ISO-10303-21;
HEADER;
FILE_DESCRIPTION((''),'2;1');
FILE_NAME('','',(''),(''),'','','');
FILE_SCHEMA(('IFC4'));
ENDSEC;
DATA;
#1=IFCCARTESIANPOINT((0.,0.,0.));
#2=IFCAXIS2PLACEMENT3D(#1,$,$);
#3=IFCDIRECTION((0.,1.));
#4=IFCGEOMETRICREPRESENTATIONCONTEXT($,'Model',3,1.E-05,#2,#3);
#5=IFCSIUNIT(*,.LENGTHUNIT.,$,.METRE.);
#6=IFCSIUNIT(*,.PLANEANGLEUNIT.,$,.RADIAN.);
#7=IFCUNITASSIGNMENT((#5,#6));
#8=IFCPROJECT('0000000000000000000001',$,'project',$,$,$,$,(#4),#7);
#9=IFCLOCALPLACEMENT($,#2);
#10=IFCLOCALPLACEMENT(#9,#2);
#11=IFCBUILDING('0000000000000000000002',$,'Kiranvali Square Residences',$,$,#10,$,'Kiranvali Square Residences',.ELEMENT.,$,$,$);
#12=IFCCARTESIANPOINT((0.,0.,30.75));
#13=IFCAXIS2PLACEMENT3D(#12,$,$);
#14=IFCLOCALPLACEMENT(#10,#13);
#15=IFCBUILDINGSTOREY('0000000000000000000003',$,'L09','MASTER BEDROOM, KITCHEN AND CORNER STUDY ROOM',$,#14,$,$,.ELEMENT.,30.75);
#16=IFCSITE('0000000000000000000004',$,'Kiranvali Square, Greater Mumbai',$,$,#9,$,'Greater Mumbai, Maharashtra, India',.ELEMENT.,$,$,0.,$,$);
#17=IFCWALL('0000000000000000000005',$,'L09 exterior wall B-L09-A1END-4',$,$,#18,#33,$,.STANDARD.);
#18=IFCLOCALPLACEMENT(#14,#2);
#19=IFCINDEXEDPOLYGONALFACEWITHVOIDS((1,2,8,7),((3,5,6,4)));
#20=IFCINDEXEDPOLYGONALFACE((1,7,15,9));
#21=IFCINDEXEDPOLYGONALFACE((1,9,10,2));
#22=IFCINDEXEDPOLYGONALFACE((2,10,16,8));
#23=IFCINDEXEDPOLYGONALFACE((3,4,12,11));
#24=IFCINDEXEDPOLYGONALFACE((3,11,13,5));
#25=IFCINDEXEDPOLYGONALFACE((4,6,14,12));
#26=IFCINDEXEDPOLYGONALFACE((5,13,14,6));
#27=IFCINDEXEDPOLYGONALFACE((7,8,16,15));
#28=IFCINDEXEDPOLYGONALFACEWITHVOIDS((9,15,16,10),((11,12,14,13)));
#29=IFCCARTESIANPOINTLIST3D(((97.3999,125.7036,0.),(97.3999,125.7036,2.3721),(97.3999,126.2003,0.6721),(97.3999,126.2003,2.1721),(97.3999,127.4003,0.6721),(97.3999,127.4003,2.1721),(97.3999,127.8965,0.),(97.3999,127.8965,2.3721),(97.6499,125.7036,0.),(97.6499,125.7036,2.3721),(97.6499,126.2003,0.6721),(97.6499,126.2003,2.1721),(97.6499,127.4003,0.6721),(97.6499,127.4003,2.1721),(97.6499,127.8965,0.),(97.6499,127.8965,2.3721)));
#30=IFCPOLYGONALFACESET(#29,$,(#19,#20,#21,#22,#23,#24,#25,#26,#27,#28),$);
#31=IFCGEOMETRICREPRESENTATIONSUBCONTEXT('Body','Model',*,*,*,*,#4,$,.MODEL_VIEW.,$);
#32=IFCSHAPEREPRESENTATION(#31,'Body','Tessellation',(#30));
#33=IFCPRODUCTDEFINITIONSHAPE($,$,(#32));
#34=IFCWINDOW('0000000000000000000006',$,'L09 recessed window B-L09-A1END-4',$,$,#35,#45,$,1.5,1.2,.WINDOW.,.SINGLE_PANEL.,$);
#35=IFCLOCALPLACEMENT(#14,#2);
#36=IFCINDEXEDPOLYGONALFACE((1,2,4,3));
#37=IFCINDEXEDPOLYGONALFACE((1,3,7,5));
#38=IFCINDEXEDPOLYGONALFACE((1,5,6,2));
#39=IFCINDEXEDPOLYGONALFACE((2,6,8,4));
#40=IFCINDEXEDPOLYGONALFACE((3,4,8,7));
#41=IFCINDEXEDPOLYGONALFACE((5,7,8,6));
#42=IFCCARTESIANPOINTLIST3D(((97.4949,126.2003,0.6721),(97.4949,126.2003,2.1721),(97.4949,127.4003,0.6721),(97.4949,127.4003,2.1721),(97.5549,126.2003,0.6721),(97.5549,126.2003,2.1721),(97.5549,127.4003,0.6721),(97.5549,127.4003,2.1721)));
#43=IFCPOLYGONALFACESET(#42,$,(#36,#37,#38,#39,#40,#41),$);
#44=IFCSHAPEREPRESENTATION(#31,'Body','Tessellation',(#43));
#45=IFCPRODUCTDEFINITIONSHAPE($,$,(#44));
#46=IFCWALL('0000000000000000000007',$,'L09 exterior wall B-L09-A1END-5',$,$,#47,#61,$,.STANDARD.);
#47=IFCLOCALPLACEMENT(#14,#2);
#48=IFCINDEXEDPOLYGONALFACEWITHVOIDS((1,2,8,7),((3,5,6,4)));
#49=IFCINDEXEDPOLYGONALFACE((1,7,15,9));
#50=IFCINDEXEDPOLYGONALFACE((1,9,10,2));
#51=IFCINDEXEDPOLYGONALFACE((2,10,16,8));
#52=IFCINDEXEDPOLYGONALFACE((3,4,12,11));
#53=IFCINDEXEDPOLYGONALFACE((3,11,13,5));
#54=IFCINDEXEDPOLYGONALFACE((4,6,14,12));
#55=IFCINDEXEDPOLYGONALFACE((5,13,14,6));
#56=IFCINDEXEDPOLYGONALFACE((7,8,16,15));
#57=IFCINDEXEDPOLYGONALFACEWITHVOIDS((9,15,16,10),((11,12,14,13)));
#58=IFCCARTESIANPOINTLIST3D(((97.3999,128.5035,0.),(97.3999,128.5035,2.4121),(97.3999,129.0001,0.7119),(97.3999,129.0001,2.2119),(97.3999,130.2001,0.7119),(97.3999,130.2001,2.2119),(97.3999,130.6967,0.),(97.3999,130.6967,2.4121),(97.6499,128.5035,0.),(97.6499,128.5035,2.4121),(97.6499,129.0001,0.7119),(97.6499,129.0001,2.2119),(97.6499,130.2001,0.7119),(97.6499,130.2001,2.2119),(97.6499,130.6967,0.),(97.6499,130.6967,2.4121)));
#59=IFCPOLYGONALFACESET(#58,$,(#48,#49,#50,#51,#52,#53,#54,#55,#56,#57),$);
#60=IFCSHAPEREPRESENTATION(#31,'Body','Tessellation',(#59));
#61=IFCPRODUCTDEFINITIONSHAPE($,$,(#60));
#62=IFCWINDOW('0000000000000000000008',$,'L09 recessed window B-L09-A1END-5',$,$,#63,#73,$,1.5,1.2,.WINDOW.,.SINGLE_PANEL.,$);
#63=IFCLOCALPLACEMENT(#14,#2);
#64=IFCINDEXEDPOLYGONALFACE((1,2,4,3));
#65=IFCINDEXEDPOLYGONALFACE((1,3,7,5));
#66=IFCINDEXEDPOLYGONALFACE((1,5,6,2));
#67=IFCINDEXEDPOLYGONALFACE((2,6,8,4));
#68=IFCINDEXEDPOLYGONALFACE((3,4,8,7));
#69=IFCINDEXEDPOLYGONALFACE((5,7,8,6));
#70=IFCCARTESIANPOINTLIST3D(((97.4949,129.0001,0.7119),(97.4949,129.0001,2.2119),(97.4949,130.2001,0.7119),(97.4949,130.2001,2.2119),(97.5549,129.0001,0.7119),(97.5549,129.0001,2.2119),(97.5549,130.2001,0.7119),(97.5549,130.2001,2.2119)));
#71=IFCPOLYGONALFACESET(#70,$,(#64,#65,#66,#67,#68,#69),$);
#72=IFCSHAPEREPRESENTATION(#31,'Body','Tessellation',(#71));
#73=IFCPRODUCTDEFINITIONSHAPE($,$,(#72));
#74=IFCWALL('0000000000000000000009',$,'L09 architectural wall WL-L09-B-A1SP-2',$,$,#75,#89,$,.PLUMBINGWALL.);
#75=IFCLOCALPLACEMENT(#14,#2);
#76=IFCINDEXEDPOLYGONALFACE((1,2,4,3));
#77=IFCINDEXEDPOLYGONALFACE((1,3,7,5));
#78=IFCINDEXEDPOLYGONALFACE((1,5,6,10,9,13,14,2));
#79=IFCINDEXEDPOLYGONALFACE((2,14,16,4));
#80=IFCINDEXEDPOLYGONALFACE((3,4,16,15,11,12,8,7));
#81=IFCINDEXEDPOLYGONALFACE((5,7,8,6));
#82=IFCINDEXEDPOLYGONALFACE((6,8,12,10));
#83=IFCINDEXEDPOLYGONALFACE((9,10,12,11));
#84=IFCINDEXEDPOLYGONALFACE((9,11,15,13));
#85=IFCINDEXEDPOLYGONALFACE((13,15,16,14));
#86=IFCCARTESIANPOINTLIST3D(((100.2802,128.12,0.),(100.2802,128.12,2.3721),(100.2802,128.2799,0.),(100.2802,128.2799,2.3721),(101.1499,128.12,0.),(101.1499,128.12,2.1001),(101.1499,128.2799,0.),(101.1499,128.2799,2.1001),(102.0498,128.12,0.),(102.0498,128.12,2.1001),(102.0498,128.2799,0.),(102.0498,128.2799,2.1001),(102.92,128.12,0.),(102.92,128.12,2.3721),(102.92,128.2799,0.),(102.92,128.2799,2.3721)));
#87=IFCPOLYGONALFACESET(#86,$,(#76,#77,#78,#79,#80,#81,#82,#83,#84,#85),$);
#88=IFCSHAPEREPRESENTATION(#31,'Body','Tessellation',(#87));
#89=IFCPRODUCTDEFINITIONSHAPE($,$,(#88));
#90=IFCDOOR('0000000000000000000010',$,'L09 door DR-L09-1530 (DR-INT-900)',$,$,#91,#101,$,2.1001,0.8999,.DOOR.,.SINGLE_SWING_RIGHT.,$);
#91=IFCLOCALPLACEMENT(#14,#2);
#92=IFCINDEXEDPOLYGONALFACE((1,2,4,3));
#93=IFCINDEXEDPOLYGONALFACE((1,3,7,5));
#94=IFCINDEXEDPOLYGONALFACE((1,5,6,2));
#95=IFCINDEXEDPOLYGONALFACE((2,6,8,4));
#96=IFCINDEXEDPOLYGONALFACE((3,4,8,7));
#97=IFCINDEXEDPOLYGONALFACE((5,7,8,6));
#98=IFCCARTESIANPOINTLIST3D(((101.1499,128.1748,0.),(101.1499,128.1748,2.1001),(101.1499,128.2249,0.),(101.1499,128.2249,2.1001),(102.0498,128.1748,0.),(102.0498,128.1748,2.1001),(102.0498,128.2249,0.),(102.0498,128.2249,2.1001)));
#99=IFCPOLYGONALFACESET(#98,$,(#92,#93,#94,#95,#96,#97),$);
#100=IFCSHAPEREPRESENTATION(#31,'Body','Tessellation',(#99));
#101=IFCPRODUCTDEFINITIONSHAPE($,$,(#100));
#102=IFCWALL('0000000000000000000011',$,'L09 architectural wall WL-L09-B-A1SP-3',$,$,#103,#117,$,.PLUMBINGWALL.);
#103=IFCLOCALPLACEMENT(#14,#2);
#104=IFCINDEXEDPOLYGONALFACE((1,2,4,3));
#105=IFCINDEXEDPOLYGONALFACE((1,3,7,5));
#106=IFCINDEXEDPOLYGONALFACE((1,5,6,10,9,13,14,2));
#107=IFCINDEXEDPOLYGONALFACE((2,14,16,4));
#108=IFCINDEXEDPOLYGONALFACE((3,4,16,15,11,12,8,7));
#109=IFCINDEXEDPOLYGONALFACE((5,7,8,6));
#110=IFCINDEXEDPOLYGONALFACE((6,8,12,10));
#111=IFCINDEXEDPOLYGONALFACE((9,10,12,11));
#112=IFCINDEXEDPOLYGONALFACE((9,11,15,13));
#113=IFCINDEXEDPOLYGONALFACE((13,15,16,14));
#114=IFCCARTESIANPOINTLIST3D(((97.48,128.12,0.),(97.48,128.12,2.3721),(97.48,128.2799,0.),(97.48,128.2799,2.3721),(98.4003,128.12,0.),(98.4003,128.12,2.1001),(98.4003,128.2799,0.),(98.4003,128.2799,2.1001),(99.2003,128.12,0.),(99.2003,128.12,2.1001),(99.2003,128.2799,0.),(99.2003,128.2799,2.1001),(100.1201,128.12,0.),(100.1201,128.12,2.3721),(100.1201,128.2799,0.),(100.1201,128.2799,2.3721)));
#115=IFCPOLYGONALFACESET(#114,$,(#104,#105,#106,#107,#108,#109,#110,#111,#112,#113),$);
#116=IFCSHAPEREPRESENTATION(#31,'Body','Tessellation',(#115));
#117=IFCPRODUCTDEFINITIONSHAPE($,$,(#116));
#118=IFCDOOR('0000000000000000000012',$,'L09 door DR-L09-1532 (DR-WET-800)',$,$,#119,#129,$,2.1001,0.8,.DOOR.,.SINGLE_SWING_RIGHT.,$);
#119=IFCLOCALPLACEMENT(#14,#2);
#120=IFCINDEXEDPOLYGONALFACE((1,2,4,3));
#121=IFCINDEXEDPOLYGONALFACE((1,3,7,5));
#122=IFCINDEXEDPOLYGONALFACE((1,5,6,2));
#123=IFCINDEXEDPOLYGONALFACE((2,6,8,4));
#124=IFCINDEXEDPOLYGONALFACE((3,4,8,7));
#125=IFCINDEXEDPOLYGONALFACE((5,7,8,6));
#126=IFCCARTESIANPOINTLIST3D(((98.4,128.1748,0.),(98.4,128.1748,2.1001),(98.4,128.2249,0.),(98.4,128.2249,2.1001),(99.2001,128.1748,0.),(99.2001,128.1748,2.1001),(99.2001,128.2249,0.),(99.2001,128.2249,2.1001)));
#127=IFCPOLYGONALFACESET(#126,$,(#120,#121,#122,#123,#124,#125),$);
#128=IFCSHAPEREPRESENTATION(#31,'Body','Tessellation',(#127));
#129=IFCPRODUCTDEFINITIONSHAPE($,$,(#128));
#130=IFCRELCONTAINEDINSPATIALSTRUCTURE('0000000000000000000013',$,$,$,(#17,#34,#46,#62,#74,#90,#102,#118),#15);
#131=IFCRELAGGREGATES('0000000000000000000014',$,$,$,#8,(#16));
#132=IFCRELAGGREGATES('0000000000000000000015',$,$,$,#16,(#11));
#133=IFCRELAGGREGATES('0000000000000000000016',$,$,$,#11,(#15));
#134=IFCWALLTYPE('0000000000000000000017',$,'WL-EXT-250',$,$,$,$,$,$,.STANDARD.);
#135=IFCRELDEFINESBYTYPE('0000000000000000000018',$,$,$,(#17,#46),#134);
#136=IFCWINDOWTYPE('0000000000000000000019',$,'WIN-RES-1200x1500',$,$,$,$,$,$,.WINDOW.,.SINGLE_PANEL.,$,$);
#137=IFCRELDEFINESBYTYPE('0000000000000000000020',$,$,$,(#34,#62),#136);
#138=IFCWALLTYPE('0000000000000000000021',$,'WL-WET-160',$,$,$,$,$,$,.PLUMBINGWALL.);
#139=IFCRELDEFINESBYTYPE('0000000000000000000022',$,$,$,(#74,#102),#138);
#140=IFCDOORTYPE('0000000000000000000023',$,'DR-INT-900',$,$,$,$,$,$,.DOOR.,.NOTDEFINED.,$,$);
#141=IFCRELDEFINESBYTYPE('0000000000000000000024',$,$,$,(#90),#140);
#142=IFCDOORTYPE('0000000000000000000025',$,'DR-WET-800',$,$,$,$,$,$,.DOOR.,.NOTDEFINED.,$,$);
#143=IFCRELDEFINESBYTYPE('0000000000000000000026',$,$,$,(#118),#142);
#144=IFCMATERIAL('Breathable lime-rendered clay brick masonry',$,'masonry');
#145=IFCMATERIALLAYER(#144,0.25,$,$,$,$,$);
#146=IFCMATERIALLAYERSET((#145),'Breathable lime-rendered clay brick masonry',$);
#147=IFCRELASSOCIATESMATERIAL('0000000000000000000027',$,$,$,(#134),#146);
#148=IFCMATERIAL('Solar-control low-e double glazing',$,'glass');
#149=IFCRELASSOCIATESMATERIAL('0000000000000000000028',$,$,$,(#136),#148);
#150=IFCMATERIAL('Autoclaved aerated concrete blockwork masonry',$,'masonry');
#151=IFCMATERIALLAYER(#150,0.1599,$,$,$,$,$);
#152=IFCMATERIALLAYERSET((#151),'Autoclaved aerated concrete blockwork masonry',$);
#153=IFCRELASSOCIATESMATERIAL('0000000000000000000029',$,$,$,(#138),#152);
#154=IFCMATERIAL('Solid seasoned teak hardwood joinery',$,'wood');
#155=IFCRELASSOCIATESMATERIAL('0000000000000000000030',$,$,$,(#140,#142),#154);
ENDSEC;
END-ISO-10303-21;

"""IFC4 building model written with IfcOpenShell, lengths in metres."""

from ifc_helpers import new_model, si_unit, direction, frame, frame_2d, origin, place, context, subcontext, project, spatial, rectangle, extrude, material, layer, layer_set, type_object, element, fill, save


model = new_model("IFC4")

# Units and contexts
model_context = context("Model", 3, precision=1e-05, world=origin(), true_north=direction((0.0, 1.0)))
body_context = subcontext(model_context, "Body", "Model", "MODEL_VIEW")
ifc_project = project(units=[si_unit("LENGTHUNIT", "METRE"), si_unit("PLANEANGLEUNIT", "RADIAN")], contexts=[model_context])

# Site, building, storey
site_placement = place(None, origin())
site = spatial("IfcSite", under=ifc_project, at=site_placement, Name="Kiranvali Square, Greater Mumbai", LongName="Greater Mumbai, Maharashtra, India", CompositionType="ELEMENT", RefElevation=0.0)
building_placement = place(site_placement, origin())
building = spatial("IfcBuilding", under=site, at=building_placement, Name="Kiranvali Square Residences", LongName="Kiranvali Square Residences", CompositionType="ELEMENT")
storey_placement = place(building_placement, frame((0.0, 0.0, 30.75)))
storey = spatial("IfcBuildingStorey", under=building, at=storey_placement, Name="L09", Description="MASTER BEDROOM, KITCHEN AND CORNER STUDY ROOM", CompositionType="ELEMENT", Elevation=30.75)

# Walls, openings, windows
ifc_material_1 = material(Name="Breathable lime-rendered clay brick masonry", Category="masonry")
ifc_layer_1 = layer(ifc_material_1, 0.25)
ifc_layer_set_1 = layer_set([ifc_layer_1], Name="Breathable lime-rendered clay brick masonry")
wall_type_1 = type_object("IfcWallType", Name="WL-EXT-250", PredefinedType="STANDARD", material=ifc_layer_set_1)
ifc_material_2 = material(Name="Solar-control low-e double glazing", Category="glass")
wall_1_placement = place(storey_placement, frame((97.5249, 125.7036, 0.0), z_axis=(0.0, 0.0, 1.0), x_axis=(0.0, 1.0, 0.0)))
wall_1 = element("IfcWall", 1, at=wall_1_placement, inside=storey, type_object=wall_type_1, Name="L09 exterior wall B-L09-A1END-4", PredefinedType="STANDARD", context=body_context, shape_type="SweptSolid", body=[
    extrude(rectangle(XDim=2.1929, YDim=0.25, at=frame_2d((1.0964, 0.0))), origin(), (0.0, 0.0, 1.0), 2.3721),
])
opening_1_placement = place(wall_1_placement, frame((0.4966, 0.0, 0.6721)))
opening_1 = element("IfcOpeningElement", 2, at=opening_1_placement, cuts=wall_1, PredefinedType="OPENING", context=body_context, shape_type="SweptSolid", body=[
    extrude(rectangle(XDim=1.2, YDim=1.5, at=frame_2d((0.6001, 0.75))), frame((0.0, 0.135, 0.0), z_axis=(0.0, -1.0, 0.0), x_axis=(1.0, 0.0, 0.0)), (0.0, 0.0, 1.0), 0.27),
])
window_type_1 = type_object("IfcWindowType", Name="WIN-RES-1200x1500", PartitioningType="SINGLE_PANEL", PredefinedType="WINDOW", material=ifc_material_2)
window_1_placement = place(opening_1_placement, origin())
window_1 = element("IfcWindow", 3, at=window_1_placement, inside=storey, type_object=window_type_1, Name="L09 recessed window B-L09-A1END-4", OverallHeight=1.5, OverallWidth=1.2, PartitioningType="SINGLE_PANEL", PredefinedType="WINDOW", context=body_context, shape_type="SweptSolid", body=[
    extrude(rectangle(XDim=1.2, YDim=1.5, at=frame_2d((0.6001, 0.75))), frame((0.0, 0.03, 0.0), z_axis=(0.0, -1.0, 0.0), x_axis=(1.0, 0.0, 0.0)), (0.0, 0.0, 1.0), 0.0601),
])
fill(opening_1, window_1)
wall_2_placement = place(storey_placement, frame((97.5249, 128.5034, 0.0), z_axis=(0.0, 0.0, 1.0), x_axis=(0.0, 1.0, 0.0)))
wall_2 = element("IfcWall", 4, at=wall_2_placement, inside=storey, type_object=wall_type_1, Name="L09 exterior wall B-L09-A1END-5", PredefinedType="STANDARD", context=body_context, shape_type="SweptSolid", body=[
    extrude(rectangle(XDim=2.1931, YDim=0.25, at=frame_2d((1.0967, 0.0))), origin(), (0.0, 0.0, 1.0), 2.4121),
])
opening_2_placement = place(wall_2_placement, frame((0.4966, 0.0, 0.7119)))
opening_2 = element("IfcOpeningElement", 5, at=opening_2_placement, cuts=wall_2, PredefinedType="OPENING", context=body_context, shape_type="SweptSolid", body=[
    extrude(rectangle(XDim=1.2, YDim=1.5, at=frame_2d((0.6001, 0.75))), frame((0.0, 0.135, 0.0), z_axis=(0.0, -1.0, 0.0), x_axis=(1.0, 0.0, 0.0)), (0.0, 0.0, 1.0), 0.27),
])
window_2_placement = place(opening_2_placement, origin())
window_2 = element("IfcWindow", 6, at=window_2_placement, inside=storey, type_object=window_type_1, Name="L09 recessed window B-L09-A1END-5", OverallHeight=1.5, OverallWidth=1.2, PartitioningType="SINGLE_PANEL", PredefinedType="WINDOW", context=body_context, shape_type="SweptSolid", body=[
    extrude(rectangle(XDim=1.2, YDim=1.5, at=frame_2d((0.6001, 0.75))), frame((0.0, 0.03, 0.0), z_axis=(0.0, -1.0, 0.0), x_axis=(1.0, 0.0, 0.0)), (0.0, 0.0, 1.0), 0.0601),
])
fill(opening_2, window_2)

# Walls, openings, doors
ifc_material_3 = material(Name="Autoclaved aerated concrete blockwork masonry", Category="masonry")
ifc_layer_2 = layer(ifc_material_3, 0.1599)
ifc_layer_set_2 = layer_set([ifc_layer_2], Name="Autoclaved aerated concrete blockwork masonry")
wall_type_2 = type_object("IfcWallType", Name="WL-WET-160", PredefinedType="PLUMBINGWALL", material=ifc_layer_set_2)
wall_3_placement = place(storey_placement, frame((102.9199, 128.2, 0.0), z_axis=(0.0, 0.0, 1.0), x_axis=(-1.0, 0.0, 0.0)))
wall_3 = element("IfcWall", 7, at=wall_3_placement, inside=storey, type_object=wall_type_2, Name="L09 architectural wall WL-L09-B-A1SP-2", PredefinedType="PLUMBINGWALL", context=body_context, shape_type="SweptSolid", body=[
    extrude(rectangle(XDim=2.6399, YDim=0.1599, at=frame_2d((1.3198, 0.0))), origin(), (0.0, 0.0, 1.0), 2.3721),
])
opening_3_placement = place(wall_3_placement, frame((0.8701, 0.0, 0.0)))
opening_3 = element("IfcOpeningElement", 8, at=opening_3_placement, cuts=wall_3, PredefinedType="OPENING", context=body_context, shape_type="SweptSolid", body=[
    extrude(rectangle(XDim=0.8999, YDim=2.1001, at=frame_2d((0.45, 1.05))), frame((0.0, 0.0898, 0.0), z_axis=(0.0, -1.0, 0.0), x_axis=(1.0, 0.0, 0.0)), (0.0, 0.0, 1.0), 0.1799),
])
ifc_material_4 = material(Name="Solid seasoned teak hardwood joinery", Category="wood")
door_type_1 = type_object("IfcDoorType", Name="DR-INT-900", OperationType="NOTDEFINED", PredefinedType="DOOR", material=ifc_material_4)
door_1_placement = place(opening_3_placement, frame((0.8999, 0.0, 0.0), z_axis=(0.0, 0.0, 1.0), x_axis=(-1.0, 0.0, 0.0)))
door_1 = element("IfcDoor", 9, at=door_1_placement, inside=storey, type_object=door_type_1, Name="L09 door DR-L09-1530 (DR-INT-900)", OperationType="SINGLE_SWING_RIGHT", OverallHeight=2.1001, OverallWidth=0.8999, PredefinedType="DOOR", context=body_context, shape_type="SweptSolid", body=[
    extrude(rectangle(XDim=0.8999, YDim=2.1001, at=frame_2d((0.45, 1.05))), frame((0.0, 0.0249, 0.0), z_axis=(0.0, -1.0, 0.0), x_axis=(1.0, 0.0, 0.0)), (0.0, 0.0, 1.0), 0.05),
])
fill(opening_3, door_1)
wall_4_placement = place(storey_placement, frame((100.1201, 128.2, 0.0), z_axis=(0.0, 0.0, 1.0), x_axis=(-1.0, 0.0, 0.0)))
wall_4 = element("IfcWall", 10, at=wall_4_placement, inside=storey, type_object=wall_type_2, Name="L09 architectural wall WL-L09-B-A1SP-3", PredefinedType="PLUMBINGWALL", context=body_context, shape_type="SweptSolid", body=[
    extrude(rectangle(XDim=2.6401, YDim=0.1599, at=frame_2d((1.3201, 0.0))), origin(), (0.0, 0.0, 1.0), 2.3721),
])
opening_4_placement = place(wall_4_placement, frame((0.9199, 0.0, 0.0)))
opening_4 = element("IfcOpeningElement", 11, at=opening_4_placement, cuts=wall_4, PredefinedType="OPENING", context=body_context, shape_type="SweptSolid", body=[
    extrude(rectangle(XDim=0.8, YDim=2.1001, at=frame_2d((0.3999, 1.05))), frame((0.0, 0.0898, 0.0), z_axis=(0.0, -1.0, 0.0), x_axis=(1.0, 0.0, 0.0)), (0.0, 0.0, 1.0), 0.1799),
])
door_type_2 = type_object("IfcDoorType", Name="DR-WET-800", OperationType="NOTDEFINED", PredefinedType="DOOR", material=ifc_material_4)
door_2_placement = place(opening_4_placement, frame((0.8, 0.0, 0.0), z_axis=(0.0, 0.0, 1.0), x_axis=(-1.0, 0.0, 0.0)))
door_2 = element("IfcDoor", 12, at=door_2_placement, inside=storey, type_object=door_type_2, Name="L09 door DR-L09-1532 (DR-WET-800)", OperationType="SINGLE_SWING_RIGHT", OverallHeight=2.1001, OverallWidth=0.8, PredefinedType="DOOR", context=body_context, shape_type="SweptSolid", body=[
    extrude(rectangle(XDim=0.8, YDim=2.1001, at=frame_2d((0.3999, 1.05))), frame((0.0, 0.0249, 0.0), z_axis=(0.0, -1.0, 0.0), x_axis=(1.0, 0.0, 0.0)), (0.0, 0.0, 1.0), 0.05),
])
fill(opening_4, door_2)

save(model, "model.ifc")
